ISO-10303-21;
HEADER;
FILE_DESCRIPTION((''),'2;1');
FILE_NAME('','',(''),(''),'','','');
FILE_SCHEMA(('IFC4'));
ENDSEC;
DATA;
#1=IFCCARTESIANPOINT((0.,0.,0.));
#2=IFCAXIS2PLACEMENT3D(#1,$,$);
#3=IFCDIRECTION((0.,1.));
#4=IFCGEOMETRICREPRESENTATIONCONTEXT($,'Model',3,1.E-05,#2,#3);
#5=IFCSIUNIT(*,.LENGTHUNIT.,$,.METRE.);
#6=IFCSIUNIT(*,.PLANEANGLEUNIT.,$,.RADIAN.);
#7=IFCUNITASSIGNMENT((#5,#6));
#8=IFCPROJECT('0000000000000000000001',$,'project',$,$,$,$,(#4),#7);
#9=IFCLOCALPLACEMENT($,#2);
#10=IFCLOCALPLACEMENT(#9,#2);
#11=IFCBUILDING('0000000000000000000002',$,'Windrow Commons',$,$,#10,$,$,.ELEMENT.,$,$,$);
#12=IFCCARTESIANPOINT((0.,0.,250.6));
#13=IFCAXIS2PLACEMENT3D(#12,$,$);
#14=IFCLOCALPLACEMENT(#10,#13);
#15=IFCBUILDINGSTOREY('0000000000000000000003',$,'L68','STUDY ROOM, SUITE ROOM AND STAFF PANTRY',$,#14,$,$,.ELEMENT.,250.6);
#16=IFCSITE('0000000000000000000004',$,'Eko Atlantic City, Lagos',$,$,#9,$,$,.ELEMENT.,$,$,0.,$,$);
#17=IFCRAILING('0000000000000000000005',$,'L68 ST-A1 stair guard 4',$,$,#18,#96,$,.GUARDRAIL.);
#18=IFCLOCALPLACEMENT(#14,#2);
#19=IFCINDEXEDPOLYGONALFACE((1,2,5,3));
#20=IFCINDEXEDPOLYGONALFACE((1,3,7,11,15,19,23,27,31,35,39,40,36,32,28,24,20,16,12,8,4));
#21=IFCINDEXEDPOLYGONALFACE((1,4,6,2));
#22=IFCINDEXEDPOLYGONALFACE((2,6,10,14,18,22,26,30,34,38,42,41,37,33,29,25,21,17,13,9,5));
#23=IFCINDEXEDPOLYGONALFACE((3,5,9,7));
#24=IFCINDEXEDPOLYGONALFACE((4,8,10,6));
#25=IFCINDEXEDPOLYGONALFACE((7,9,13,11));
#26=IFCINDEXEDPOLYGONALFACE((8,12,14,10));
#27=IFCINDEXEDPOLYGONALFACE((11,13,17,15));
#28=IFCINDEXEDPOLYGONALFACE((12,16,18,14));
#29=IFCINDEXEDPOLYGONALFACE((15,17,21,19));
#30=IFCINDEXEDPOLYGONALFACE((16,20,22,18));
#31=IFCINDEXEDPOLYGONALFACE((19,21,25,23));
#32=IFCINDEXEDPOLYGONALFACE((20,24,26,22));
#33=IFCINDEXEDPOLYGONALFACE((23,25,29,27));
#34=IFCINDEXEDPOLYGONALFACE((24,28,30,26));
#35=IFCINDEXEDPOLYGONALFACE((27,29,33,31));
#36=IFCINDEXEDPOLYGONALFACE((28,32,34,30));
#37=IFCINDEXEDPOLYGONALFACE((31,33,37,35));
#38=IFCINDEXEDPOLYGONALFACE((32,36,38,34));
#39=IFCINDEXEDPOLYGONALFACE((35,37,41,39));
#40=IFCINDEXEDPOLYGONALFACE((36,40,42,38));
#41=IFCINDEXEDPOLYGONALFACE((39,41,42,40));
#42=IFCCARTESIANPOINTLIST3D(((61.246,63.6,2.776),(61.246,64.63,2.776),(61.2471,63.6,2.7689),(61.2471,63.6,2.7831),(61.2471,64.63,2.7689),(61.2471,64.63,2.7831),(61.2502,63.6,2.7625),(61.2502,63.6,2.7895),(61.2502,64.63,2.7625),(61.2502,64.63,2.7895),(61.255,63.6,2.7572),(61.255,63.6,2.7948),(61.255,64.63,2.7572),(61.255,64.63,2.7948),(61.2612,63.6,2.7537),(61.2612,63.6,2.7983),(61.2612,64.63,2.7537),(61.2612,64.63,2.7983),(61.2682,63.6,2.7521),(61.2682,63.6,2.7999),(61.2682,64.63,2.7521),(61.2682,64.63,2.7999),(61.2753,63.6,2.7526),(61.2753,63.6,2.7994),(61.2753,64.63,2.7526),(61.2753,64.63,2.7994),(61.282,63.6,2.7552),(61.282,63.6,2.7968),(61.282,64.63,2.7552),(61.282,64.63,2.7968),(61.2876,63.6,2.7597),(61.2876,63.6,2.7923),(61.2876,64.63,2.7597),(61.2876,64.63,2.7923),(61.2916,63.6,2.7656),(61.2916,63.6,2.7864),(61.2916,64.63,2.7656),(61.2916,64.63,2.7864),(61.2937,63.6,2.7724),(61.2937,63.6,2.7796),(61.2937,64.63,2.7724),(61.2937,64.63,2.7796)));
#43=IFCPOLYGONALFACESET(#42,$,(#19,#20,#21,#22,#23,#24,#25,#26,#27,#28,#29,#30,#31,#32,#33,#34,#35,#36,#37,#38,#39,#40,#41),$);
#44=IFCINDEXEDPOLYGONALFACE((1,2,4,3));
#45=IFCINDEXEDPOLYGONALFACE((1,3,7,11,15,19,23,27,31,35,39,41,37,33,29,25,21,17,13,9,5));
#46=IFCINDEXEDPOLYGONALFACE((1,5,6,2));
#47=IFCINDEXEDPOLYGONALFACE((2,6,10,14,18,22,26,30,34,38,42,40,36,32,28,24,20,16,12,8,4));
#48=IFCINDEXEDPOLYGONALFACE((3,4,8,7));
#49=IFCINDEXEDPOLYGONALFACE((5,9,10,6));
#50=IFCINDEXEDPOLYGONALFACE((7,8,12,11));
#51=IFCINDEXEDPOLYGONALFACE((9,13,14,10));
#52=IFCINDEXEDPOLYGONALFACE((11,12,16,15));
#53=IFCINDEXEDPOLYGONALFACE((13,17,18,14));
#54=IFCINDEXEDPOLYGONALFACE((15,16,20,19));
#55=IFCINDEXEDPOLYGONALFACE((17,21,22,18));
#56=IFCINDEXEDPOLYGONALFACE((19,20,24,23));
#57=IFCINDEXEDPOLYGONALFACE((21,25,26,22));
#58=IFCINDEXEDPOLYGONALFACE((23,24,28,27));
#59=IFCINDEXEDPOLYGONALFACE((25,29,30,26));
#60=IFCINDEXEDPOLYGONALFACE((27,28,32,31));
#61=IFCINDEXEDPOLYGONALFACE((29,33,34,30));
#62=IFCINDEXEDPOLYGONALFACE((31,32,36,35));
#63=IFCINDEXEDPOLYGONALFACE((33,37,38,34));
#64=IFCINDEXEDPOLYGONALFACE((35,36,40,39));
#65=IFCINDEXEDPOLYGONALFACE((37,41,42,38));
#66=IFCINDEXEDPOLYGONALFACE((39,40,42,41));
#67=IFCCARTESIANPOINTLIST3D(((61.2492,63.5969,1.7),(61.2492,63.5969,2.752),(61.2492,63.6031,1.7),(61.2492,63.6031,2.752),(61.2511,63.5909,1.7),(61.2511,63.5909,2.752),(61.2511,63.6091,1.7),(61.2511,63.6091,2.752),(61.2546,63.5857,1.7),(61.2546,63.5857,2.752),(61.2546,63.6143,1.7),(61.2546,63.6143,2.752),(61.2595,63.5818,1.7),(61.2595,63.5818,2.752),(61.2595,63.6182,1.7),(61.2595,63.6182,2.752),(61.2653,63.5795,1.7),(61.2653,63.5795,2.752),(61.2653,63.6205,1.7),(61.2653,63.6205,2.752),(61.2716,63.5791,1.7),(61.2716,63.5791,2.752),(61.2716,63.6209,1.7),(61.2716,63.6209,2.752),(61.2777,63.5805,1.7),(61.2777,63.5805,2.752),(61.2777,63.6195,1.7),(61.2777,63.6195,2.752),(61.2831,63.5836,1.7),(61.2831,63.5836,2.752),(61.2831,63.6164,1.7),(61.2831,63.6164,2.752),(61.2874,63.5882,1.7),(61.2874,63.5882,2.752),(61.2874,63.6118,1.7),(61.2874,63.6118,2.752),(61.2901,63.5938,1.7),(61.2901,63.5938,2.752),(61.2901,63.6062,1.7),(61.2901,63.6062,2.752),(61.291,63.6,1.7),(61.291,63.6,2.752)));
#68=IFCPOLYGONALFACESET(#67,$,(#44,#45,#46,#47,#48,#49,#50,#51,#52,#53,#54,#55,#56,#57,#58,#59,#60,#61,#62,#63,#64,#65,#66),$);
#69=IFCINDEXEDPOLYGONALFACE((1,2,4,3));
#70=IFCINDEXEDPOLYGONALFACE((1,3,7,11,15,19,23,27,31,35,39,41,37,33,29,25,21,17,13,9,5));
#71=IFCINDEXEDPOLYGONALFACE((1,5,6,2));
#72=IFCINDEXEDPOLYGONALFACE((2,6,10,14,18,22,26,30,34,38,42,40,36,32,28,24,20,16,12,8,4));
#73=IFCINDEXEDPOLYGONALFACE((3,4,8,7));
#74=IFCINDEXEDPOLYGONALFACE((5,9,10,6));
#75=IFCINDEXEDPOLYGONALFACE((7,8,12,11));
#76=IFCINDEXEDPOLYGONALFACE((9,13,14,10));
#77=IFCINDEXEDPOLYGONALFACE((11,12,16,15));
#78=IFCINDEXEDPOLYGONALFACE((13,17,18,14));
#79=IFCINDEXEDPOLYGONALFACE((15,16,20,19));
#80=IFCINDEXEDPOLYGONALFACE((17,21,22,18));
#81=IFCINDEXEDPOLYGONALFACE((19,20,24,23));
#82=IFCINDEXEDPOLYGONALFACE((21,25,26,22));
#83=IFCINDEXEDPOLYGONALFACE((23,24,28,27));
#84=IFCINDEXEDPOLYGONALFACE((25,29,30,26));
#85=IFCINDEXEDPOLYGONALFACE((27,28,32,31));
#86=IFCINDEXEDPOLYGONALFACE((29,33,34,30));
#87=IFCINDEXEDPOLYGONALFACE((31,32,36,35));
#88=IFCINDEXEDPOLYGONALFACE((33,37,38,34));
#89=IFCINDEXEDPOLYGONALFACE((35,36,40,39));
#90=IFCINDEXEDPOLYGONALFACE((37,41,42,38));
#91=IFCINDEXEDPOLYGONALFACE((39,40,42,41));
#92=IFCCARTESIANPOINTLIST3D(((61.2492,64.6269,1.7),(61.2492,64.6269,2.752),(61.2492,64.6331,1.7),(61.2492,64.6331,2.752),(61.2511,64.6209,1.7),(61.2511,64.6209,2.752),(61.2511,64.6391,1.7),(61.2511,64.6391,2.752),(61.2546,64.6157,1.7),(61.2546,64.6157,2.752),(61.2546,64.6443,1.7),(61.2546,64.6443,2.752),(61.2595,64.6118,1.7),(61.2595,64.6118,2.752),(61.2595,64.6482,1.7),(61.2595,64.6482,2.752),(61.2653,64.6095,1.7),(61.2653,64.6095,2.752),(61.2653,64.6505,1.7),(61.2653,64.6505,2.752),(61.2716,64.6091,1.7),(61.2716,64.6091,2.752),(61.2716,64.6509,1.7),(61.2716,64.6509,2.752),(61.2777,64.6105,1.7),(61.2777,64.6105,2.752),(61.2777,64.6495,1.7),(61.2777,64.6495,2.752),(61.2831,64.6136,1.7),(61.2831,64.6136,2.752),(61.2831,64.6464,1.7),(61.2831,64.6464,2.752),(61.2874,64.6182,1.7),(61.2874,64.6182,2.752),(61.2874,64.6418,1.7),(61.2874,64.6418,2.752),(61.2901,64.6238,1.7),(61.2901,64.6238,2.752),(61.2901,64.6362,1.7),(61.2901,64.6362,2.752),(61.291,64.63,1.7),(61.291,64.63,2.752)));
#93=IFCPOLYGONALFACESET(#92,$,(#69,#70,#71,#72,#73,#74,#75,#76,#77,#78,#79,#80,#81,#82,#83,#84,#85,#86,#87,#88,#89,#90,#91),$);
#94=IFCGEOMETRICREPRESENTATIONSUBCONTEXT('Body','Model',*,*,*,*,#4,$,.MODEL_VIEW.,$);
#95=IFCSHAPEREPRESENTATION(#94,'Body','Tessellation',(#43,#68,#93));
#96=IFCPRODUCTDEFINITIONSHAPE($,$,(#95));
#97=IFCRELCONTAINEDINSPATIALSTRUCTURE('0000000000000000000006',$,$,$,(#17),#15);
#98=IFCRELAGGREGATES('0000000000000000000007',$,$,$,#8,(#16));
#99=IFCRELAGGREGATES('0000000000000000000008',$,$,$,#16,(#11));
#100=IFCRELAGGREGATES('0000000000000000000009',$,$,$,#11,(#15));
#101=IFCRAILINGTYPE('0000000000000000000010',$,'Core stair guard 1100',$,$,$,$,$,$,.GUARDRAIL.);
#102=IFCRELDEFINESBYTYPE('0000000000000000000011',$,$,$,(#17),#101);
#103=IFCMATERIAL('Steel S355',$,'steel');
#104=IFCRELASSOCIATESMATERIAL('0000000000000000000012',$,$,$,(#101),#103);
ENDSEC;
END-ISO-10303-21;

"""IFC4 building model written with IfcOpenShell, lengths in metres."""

from ifc_helpers import new_model, si_unit, direction, frame, origin, origin_2d, place, context, subcontext, project, spatial, circle, extrude, material, type_object, element, save


model = new_model("IFC4")

# Units and contexts
model_context = context("Model", 3, precision=1e-05, world=origin(), true_north=direction((0.0, 1.0)))
body_context = subcontext(model_context, "Body", "Model", "MODEL_VIEW")
ifc_project = project(units=[si_unit("LENGTHUNIT", "METRE"), si_unit("PLANEANGLEUNIT", "RADIAN")], contexts=[model_context])

# Site, building, storey
site_placement = place(None, origin())
site = spatial("IfcSite", under=ifc_project, at=site_placement, Name="Eko Atlantic City, Lagos", CompositionType="ELEMENT", RefElevation=0.0)
building_placement = place(site_placement, origin())
building = spatial("IfcBuilding", under=site, at=building_placement, Name="Windrow Commons", CompositionType="ELEMENT")
storey_placement = place(building_placement, frame((0.0, 0.0, 250.6)))
storey = spatial("IfcBuildingStorey", under=building, at=storey_placement, Name="L68", Description="STUDY ROOM, SUITE ROOM AND STAFF PANTRY", CompositionType="ELEMENT", Elevation=250.6)

# Railing
ifc_material_1 = material(Name="Steel S355", Category="steel")
railing_type_1 = type_object("IfcRailingType", Name="Core stair guard 1100", PredefinedType="GUARDRAIL", material=ifc_material_1)
for number, where, name in (
    (1, (61.27, 63.6, 1.7), "L68 ST-A1 stair guard 4"),
):
    element("IfcRailing", number, at=place(storey_placement, frame(where)), inside=storey, type_object=railing_type_1, Name=name, PredefinedType="GUARDRAIL", context=body_context, shape_type="SweptSolid", body=[
        extrude(circle(Radius=0.024, at=origin_2d()), frame((0.0, 0.0, 1.076), z_axis=(0.0, 1.0, 0.0), x_axis=(-1.0, 0.0, 0.0)), (0.0, 0.0, 1.0), 1.03),
        extrude(circle(Radius=0.021, at=origin_2d()), origin(), (0.0, 0.0, 1.0), 1.052),
        extrude(circle(Radius=0.021, at=origin_2d()), frame((0.0, 1.03, 0.0)), (0.0, 0.0, 1.0), 1.052),
    ])

save(model, "model.ifc")
